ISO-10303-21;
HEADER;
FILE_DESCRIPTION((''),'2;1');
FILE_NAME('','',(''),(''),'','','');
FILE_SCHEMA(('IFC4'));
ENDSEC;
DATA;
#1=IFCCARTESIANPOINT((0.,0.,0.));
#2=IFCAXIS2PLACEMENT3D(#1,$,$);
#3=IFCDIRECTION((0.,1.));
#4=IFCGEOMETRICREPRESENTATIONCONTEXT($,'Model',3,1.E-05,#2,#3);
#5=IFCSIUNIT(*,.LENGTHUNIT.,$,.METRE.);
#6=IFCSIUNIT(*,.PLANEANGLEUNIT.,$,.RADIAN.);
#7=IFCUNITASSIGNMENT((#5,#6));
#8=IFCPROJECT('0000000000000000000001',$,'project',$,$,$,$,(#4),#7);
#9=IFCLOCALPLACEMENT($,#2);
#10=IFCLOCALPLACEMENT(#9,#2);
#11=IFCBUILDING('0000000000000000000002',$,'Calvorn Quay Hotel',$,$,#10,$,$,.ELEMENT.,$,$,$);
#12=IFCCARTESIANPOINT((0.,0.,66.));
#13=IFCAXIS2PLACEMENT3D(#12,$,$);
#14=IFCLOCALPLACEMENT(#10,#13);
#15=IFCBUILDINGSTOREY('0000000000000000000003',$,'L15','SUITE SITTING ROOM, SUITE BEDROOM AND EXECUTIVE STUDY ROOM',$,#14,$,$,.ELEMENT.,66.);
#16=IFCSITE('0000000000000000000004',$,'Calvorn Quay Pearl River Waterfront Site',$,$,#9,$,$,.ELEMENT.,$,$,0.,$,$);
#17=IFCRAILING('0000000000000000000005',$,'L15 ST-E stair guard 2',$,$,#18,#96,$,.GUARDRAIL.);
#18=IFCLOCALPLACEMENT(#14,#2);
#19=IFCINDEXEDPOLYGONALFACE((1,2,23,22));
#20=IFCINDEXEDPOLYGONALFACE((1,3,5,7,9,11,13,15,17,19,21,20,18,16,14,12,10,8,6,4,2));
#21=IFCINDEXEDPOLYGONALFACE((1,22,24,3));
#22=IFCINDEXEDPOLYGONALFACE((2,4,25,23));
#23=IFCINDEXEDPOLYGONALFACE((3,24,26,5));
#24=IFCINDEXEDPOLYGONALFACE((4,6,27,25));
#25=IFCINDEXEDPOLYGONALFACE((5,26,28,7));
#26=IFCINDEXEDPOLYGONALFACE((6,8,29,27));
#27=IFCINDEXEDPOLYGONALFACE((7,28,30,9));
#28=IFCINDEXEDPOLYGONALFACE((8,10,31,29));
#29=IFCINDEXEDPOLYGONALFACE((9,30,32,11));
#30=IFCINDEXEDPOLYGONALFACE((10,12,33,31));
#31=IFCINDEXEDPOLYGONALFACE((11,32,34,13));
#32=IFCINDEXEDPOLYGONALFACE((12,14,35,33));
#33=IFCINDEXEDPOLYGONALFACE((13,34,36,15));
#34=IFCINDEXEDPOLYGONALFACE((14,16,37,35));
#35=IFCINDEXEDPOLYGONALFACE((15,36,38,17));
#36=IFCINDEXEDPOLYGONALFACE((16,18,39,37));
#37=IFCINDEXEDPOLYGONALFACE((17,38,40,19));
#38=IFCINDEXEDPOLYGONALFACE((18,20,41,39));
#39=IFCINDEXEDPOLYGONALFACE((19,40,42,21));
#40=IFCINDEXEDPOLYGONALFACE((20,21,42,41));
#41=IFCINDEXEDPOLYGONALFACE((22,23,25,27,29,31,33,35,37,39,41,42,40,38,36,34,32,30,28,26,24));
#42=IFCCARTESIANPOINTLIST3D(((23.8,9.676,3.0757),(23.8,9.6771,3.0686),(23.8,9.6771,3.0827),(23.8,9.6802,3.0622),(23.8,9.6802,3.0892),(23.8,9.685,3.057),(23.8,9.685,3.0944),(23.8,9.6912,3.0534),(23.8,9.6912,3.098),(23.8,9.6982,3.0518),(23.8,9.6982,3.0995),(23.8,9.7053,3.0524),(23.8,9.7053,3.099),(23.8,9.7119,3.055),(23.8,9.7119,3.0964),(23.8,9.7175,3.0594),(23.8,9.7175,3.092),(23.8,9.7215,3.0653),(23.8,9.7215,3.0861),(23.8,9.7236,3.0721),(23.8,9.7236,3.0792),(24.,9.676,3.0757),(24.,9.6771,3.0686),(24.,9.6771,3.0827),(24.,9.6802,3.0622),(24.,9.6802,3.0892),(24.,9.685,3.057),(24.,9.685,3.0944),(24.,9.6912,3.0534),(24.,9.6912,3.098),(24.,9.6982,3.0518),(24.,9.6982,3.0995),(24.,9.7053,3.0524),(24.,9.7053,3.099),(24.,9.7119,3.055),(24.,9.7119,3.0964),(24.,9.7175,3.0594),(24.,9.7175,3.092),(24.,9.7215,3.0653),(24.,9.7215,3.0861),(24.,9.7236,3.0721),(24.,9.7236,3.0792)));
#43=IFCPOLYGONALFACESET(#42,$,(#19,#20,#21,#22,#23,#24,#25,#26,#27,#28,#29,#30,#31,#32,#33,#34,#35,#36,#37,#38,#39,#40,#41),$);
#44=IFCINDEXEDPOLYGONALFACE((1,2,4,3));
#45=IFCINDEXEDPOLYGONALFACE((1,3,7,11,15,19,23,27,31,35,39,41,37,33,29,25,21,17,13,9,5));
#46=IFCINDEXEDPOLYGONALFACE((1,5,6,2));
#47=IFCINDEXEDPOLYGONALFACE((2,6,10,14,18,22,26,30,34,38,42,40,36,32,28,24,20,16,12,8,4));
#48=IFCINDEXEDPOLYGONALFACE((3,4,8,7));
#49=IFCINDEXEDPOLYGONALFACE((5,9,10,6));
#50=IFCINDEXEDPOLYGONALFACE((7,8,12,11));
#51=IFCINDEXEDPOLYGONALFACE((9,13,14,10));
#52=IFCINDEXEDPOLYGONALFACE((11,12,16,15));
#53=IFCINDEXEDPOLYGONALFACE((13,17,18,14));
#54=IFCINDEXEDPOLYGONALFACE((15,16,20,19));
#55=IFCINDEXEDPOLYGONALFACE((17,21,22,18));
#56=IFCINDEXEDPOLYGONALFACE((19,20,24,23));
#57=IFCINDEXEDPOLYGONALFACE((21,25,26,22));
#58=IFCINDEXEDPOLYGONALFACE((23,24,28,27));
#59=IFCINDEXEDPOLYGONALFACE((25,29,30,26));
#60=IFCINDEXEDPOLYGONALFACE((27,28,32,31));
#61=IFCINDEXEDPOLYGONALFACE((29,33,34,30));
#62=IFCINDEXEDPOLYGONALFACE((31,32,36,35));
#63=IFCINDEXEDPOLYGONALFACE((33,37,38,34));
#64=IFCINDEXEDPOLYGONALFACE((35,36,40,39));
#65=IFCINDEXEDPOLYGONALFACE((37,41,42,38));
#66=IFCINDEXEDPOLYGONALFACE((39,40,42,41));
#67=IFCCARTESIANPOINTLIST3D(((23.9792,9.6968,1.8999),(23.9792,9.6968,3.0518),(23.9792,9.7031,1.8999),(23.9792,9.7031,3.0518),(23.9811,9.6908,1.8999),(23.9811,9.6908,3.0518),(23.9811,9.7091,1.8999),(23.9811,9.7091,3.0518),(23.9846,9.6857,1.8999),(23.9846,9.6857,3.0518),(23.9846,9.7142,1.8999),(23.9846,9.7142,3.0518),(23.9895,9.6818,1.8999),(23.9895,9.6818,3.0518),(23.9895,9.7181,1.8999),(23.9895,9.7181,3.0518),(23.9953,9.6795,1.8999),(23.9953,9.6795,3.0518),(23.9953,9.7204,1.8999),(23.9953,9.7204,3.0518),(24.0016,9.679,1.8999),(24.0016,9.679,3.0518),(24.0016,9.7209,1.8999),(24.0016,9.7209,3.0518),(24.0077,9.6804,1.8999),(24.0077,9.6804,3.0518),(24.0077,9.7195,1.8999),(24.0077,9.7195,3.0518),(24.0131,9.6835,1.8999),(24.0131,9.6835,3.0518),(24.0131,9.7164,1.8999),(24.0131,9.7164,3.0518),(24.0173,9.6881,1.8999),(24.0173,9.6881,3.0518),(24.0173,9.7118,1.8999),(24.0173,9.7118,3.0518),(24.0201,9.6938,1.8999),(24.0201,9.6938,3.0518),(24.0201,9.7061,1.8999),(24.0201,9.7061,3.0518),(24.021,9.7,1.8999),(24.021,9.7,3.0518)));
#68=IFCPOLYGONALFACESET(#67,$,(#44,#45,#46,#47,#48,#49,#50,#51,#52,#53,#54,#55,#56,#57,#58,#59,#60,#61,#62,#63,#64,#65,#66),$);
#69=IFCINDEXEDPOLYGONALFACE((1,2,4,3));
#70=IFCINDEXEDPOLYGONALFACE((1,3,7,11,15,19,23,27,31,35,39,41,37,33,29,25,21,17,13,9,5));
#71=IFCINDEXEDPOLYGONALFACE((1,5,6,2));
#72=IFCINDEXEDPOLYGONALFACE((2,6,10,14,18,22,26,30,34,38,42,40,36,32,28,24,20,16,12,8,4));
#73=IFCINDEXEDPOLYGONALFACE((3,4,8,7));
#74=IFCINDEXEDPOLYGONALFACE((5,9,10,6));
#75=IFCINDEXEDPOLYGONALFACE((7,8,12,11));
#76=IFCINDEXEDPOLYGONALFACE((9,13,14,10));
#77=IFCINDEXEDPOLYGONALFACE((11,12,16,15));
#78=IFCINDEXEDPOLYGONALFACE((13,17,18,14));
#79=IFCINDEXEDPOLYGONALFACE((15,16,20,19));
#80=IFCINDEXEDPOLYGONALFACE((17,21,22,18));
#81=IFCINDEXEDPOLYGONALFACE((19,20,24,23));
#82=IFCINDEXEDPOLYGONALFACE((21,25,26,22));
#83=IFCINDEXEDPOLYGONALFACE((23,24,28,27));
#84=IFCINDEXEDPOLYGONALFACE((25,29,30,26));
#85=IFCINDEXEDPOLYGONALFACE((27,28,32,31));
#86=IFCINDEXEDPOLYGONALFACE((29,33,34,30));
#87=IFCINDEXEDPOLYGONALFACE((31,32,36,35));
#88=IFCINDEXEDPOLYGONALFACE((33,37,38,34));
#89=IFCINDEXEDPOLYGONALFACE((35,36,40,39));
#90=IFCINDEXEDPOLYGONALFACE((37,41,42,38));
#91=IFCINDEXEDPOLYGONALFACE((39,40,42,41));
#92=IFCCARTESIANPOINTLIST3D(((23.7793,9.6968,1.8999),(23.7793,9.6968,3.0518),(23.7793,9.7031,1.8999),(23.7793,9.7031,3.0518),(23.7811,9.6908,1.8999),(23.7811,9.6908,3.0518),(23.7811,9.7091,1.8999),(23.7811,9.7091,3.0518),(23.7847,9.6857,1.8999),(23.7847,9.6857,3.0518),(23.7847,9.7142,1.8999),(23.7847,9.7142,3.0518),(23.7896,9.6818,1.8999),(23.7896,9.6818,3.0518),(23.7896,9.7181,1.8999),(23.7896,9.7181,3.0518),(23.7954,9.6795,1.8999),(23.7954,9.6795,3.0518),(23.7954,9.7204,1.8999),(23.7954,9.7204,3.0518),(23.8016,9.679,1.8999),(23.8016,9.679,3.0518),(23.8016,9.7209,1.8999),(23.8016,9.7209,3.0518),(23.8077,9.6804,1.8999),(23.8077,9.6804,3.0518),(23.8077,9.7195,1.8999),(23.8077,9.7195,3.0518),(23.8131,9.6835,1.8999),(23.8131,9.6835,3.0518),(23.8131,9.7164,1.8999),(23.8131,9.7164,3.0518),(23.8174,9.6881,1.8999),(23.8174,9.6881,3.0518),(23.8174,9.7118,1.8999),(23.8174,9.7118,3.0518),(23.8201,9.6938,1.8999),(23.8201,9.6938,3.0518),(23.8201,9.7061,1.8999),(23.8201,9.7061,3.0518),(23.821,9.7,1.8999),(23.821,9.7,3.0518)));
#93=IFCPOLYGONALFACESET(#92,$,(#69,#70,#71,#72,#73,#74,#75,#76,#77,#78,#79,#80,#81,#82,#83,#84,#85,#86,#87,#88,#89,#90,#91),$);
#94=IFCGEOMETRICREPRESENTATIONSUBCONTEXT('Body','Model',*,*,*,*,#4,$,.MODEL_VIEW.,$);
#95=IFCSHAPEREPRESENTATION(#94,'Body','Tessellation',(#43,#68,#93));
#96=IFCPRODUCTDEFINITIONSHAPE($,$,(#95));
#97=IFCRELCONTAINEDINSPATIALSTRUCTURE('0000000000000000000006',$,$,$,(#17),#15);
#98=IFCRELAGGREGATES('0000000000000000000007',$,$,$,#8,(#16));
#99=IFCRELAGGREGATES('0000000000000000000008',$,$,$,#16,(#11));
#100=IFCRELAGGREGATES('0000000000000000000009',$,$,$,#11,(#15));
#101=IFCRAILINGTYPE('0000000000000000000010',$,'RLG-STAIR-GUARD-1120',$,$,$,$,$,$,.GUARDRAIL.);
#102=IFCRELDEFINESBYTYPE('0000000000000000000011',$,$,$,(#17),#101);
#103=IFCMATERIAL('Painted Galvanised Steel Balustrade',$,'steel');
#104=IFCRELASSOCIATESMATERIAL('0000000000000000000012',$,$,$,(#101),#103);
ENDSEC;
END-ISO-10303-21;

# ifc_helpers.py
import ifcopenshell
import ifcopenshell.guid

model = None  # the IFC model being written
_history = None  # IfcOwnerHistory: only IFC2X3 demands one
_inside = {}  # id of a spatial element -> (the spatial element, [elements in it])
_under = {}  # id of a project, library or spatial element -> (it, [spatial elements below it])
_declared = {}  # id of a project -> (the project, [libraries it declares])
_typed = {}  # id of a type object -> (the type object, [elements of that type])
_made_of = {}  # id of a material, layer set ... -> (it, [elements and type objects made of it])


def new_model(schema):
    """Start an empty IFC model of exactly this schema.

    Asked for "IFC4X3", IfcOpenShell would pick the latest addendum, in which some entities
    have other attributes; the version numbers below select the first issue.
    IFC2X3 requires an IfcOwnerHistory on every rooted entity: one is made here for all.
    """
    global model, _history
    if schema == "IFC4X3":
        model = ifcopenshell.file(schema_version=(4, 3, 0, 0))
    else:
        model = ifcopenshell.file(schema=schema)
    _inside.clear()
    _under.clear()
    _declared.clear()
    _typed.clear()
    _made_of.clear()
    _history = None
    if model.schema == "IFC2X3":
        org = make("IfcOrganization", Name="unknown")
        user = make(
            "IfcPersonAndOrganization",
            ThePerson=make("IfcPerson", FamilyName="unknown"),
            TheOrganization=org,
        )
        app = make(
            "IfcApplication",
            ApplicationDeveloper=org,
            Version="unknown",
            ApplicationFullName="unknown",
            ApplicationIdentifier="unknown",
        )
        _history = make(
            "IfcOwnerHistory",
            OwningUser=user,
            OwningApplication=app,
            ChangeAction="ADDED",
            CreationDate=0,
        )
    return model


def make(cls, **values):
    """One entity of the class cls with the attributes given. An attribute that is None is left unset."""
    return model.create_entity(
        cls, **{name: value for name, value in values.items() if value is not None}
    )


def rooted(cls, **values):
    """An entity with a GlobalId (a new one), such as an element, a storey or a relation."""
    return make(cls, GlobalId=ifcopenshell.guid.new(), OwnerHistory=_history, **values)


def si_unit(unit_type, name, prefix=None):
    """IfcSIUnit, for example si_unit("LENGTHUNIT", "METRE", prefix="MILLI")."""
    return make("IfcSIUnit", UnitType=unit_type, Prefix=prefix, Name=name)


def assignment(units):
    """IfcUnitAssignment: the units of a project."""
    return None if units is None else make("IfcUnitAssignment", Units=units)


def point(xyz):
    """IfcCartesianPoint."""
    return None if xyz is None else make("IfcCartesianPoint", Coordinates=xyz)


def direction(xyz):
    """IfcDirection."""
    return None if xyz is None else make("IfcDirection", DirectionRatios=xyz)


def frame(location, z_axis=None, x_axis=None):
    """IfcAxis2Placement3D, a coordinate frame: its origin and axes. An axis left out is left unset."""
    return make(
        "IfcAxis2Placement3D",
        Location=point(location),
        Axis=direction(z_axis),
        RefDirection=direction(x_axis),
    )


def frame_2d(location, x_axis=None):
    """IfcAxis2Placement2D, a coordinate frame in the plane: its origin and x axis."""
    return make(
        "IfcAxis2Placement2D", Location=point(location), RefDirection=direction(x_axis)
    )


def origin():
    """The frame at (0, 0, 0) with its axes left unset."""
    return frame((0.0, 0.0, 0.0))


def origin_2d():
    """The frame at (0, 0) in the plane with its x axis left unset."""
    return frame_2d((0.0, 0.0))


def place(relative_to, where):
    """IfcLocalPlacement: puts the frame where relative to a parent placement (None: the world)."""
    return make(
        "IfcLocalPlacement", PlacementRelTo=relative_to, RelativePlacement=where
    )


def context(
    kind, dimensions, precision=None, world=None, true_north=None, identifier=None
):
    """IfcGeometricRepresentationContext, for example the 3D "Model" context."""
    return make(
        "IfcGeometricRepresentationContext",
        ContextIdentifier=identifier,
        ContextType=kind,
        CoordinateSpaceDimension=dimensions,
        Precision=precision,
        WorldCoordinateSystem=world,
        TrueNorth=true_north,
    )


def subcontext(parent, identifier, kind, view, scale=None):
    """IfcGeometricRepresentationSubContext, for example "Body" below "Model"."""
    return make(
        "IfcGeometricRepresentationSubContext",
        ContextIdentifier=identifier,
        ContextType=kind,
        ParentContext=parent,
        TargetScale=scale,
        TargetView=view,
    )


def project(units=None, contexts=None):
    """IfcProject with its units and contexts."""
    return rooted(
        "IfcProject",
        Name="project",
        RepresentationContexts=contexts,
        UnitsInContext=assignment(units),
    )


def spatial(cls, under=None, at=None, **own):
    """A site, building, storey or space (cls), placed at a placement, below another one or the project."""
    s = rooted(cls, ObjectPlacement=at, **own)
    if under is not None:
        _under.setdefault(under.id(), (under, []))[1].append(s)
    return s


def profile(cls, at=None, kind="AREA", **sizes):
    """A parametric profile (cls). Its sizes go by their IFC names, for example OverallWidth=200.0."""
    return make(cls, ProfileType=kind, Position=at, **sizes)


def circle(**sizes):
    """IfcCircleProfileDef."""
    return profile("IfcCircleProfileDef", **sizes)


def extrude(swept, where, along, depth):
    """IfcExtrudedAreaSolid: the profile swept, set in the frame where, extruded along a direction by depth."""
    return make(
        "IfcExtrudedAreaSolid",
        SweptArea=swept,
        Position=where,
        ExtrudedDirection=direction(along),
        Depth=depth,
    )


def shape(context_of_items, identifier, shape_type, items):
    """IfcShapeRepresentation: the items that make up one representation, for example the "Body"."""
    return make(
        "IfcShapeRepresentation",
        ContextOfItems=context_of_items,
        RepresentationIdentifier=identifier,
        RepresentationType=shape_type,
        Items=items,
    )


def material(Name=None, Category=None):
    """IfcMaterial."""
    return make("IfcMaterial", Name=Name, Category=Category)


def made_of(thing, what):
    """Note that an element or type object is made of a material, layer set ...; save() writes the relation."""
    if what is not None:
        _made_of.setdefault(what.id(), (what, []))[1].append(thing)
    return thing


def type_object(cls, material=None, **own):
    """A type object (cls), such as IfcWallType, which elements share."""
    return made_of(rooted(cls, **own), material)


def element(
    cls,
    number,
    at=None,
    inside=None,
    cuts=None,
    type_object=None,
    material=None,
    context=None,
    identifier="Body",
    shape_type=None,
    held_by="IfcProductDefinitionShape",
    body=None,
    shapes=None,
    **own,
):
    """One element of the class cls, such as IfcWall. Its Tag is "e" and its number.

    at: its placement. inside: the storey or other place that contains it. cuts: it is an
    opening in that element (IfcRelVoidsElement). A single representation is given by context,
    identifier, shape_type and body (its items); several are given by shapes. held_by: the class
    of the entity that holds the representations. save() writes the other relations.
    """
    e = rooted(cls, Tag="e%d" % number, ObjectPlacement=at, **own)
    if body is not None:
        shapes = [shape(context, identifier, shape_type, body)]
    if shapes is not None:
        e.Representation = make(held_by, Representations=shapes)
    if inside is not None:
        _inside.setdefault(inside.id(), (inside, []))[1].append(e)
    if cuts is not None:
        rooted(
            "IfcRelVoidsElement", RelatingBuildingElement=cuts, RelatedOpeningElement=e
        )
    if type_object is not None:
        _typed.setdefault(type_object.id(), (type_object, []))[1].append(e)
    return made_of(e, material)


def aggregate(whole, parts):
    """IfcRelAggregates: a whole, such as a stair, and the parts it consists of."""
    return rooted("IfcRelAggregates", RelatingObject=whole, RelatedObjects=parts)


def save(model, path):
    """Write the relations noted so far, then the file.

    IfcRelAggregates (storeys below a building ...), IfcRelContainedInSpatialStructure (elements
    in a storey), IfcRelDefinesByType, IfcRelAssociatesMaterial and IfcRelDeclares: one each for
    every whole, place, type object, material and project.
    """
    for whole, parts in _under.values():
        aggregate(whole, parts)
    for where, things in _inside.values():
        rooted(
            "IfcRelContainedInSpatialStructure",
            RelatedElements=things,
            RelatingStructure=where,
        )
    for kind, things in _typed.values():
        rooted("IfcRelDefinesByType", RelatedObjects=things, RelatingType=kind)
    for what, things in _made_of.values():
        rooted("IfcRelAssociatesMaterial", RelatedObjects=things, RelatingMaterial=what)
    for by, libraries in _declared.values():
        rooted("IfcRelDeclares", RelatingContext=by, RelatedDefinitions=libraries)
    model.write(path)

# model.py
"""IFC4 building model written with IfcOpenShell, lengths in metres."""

from ifc_helpers import new_model, si_unit, direction, frame, origin, origin_2d, place, context, subcontext, project, spatial, circle, extrude, material, type_object, element, save


model = new_model("IFC4")

# Units and contexts
model_context = context("Model", 3, precision=1e-05, world=origin(), true_north=direction((0.0, 1.0)))
body_context = subcontext(model_context, "Body", "Model", "MODEL_VIEW")
ifc_project = project(units=[si_unit("LENGTHUNIT", "METRE"), si_unit("PLANEANGLEUNIT", "RADIAN")], contexts=[model_context])

# Site, building, storey
site_placement = place(None, origin())
site = spatial("IfcSite", under=ifc_project, at=site_placement, Name="Calvorn Quay Pearl River Waterfront Site", CompositionType="ELEMENT", RefElevation=0.0)
building_placement = place(site_placement, origin())
building = spatial("IfcBuilding", under=site, at=building_placement, Name="Calvorn Quay Hotel", CompositionType="ELEMENT")
storey_placement = place(building_placement, frame((0.0, 0.0, 66.0)))
storey = spatial("IfcBuildingStorey", under=building, at=storey_placement, Name="L15", Description="SUITE SITTING ROOM, SUITE BEDROOM AND EXECUTIVE STUDY ROOM", CompositionType="ELEMENT", Elevation=66.0)

# Railing
ifc_material_1 = material(Name="Painted Galvanised Steel Balustrade", Category="steel")
railing_type_1 = type_object("IfcRailingType", Name="RLG-STAIR-GUARD-1120", PredefinedType="GUARDRAIL", material=ifc_material_1)
railing_1_placement = place(storey_placement, frame((24.0, 9.7, 1.8999)))
element("IfcRailing", 1, at=railing_1_placement, inside=storey, type_object=railing_type_1, Name="L15 ST-E stair guard 2", PredefinedType="GUARDRAIL", context=body_context, shape_type="SweptSolid", body=[
    extrude(circle(Radius=0.0239, at=origin_2d()), frame((0.0, 0.0, 1.1758), z_axis=(-1.0, 0.0, 0.0), x_axis=(0.0, -1.0, 0.0)), (0.0, 0.0, 1.0), 0.2),
    extrude(circle(Radius=0.021, at=origin_2d()), origin(), (0.0, 0.0, 1.0), 1.1519),
    extrude(circle(Radius=0.021, at=origin_2d()), frame((-0.2, 0.0, 0.0)), (0.0, 0.0, 1.0), 1.1519),
])

save(model, "model.ifc")
